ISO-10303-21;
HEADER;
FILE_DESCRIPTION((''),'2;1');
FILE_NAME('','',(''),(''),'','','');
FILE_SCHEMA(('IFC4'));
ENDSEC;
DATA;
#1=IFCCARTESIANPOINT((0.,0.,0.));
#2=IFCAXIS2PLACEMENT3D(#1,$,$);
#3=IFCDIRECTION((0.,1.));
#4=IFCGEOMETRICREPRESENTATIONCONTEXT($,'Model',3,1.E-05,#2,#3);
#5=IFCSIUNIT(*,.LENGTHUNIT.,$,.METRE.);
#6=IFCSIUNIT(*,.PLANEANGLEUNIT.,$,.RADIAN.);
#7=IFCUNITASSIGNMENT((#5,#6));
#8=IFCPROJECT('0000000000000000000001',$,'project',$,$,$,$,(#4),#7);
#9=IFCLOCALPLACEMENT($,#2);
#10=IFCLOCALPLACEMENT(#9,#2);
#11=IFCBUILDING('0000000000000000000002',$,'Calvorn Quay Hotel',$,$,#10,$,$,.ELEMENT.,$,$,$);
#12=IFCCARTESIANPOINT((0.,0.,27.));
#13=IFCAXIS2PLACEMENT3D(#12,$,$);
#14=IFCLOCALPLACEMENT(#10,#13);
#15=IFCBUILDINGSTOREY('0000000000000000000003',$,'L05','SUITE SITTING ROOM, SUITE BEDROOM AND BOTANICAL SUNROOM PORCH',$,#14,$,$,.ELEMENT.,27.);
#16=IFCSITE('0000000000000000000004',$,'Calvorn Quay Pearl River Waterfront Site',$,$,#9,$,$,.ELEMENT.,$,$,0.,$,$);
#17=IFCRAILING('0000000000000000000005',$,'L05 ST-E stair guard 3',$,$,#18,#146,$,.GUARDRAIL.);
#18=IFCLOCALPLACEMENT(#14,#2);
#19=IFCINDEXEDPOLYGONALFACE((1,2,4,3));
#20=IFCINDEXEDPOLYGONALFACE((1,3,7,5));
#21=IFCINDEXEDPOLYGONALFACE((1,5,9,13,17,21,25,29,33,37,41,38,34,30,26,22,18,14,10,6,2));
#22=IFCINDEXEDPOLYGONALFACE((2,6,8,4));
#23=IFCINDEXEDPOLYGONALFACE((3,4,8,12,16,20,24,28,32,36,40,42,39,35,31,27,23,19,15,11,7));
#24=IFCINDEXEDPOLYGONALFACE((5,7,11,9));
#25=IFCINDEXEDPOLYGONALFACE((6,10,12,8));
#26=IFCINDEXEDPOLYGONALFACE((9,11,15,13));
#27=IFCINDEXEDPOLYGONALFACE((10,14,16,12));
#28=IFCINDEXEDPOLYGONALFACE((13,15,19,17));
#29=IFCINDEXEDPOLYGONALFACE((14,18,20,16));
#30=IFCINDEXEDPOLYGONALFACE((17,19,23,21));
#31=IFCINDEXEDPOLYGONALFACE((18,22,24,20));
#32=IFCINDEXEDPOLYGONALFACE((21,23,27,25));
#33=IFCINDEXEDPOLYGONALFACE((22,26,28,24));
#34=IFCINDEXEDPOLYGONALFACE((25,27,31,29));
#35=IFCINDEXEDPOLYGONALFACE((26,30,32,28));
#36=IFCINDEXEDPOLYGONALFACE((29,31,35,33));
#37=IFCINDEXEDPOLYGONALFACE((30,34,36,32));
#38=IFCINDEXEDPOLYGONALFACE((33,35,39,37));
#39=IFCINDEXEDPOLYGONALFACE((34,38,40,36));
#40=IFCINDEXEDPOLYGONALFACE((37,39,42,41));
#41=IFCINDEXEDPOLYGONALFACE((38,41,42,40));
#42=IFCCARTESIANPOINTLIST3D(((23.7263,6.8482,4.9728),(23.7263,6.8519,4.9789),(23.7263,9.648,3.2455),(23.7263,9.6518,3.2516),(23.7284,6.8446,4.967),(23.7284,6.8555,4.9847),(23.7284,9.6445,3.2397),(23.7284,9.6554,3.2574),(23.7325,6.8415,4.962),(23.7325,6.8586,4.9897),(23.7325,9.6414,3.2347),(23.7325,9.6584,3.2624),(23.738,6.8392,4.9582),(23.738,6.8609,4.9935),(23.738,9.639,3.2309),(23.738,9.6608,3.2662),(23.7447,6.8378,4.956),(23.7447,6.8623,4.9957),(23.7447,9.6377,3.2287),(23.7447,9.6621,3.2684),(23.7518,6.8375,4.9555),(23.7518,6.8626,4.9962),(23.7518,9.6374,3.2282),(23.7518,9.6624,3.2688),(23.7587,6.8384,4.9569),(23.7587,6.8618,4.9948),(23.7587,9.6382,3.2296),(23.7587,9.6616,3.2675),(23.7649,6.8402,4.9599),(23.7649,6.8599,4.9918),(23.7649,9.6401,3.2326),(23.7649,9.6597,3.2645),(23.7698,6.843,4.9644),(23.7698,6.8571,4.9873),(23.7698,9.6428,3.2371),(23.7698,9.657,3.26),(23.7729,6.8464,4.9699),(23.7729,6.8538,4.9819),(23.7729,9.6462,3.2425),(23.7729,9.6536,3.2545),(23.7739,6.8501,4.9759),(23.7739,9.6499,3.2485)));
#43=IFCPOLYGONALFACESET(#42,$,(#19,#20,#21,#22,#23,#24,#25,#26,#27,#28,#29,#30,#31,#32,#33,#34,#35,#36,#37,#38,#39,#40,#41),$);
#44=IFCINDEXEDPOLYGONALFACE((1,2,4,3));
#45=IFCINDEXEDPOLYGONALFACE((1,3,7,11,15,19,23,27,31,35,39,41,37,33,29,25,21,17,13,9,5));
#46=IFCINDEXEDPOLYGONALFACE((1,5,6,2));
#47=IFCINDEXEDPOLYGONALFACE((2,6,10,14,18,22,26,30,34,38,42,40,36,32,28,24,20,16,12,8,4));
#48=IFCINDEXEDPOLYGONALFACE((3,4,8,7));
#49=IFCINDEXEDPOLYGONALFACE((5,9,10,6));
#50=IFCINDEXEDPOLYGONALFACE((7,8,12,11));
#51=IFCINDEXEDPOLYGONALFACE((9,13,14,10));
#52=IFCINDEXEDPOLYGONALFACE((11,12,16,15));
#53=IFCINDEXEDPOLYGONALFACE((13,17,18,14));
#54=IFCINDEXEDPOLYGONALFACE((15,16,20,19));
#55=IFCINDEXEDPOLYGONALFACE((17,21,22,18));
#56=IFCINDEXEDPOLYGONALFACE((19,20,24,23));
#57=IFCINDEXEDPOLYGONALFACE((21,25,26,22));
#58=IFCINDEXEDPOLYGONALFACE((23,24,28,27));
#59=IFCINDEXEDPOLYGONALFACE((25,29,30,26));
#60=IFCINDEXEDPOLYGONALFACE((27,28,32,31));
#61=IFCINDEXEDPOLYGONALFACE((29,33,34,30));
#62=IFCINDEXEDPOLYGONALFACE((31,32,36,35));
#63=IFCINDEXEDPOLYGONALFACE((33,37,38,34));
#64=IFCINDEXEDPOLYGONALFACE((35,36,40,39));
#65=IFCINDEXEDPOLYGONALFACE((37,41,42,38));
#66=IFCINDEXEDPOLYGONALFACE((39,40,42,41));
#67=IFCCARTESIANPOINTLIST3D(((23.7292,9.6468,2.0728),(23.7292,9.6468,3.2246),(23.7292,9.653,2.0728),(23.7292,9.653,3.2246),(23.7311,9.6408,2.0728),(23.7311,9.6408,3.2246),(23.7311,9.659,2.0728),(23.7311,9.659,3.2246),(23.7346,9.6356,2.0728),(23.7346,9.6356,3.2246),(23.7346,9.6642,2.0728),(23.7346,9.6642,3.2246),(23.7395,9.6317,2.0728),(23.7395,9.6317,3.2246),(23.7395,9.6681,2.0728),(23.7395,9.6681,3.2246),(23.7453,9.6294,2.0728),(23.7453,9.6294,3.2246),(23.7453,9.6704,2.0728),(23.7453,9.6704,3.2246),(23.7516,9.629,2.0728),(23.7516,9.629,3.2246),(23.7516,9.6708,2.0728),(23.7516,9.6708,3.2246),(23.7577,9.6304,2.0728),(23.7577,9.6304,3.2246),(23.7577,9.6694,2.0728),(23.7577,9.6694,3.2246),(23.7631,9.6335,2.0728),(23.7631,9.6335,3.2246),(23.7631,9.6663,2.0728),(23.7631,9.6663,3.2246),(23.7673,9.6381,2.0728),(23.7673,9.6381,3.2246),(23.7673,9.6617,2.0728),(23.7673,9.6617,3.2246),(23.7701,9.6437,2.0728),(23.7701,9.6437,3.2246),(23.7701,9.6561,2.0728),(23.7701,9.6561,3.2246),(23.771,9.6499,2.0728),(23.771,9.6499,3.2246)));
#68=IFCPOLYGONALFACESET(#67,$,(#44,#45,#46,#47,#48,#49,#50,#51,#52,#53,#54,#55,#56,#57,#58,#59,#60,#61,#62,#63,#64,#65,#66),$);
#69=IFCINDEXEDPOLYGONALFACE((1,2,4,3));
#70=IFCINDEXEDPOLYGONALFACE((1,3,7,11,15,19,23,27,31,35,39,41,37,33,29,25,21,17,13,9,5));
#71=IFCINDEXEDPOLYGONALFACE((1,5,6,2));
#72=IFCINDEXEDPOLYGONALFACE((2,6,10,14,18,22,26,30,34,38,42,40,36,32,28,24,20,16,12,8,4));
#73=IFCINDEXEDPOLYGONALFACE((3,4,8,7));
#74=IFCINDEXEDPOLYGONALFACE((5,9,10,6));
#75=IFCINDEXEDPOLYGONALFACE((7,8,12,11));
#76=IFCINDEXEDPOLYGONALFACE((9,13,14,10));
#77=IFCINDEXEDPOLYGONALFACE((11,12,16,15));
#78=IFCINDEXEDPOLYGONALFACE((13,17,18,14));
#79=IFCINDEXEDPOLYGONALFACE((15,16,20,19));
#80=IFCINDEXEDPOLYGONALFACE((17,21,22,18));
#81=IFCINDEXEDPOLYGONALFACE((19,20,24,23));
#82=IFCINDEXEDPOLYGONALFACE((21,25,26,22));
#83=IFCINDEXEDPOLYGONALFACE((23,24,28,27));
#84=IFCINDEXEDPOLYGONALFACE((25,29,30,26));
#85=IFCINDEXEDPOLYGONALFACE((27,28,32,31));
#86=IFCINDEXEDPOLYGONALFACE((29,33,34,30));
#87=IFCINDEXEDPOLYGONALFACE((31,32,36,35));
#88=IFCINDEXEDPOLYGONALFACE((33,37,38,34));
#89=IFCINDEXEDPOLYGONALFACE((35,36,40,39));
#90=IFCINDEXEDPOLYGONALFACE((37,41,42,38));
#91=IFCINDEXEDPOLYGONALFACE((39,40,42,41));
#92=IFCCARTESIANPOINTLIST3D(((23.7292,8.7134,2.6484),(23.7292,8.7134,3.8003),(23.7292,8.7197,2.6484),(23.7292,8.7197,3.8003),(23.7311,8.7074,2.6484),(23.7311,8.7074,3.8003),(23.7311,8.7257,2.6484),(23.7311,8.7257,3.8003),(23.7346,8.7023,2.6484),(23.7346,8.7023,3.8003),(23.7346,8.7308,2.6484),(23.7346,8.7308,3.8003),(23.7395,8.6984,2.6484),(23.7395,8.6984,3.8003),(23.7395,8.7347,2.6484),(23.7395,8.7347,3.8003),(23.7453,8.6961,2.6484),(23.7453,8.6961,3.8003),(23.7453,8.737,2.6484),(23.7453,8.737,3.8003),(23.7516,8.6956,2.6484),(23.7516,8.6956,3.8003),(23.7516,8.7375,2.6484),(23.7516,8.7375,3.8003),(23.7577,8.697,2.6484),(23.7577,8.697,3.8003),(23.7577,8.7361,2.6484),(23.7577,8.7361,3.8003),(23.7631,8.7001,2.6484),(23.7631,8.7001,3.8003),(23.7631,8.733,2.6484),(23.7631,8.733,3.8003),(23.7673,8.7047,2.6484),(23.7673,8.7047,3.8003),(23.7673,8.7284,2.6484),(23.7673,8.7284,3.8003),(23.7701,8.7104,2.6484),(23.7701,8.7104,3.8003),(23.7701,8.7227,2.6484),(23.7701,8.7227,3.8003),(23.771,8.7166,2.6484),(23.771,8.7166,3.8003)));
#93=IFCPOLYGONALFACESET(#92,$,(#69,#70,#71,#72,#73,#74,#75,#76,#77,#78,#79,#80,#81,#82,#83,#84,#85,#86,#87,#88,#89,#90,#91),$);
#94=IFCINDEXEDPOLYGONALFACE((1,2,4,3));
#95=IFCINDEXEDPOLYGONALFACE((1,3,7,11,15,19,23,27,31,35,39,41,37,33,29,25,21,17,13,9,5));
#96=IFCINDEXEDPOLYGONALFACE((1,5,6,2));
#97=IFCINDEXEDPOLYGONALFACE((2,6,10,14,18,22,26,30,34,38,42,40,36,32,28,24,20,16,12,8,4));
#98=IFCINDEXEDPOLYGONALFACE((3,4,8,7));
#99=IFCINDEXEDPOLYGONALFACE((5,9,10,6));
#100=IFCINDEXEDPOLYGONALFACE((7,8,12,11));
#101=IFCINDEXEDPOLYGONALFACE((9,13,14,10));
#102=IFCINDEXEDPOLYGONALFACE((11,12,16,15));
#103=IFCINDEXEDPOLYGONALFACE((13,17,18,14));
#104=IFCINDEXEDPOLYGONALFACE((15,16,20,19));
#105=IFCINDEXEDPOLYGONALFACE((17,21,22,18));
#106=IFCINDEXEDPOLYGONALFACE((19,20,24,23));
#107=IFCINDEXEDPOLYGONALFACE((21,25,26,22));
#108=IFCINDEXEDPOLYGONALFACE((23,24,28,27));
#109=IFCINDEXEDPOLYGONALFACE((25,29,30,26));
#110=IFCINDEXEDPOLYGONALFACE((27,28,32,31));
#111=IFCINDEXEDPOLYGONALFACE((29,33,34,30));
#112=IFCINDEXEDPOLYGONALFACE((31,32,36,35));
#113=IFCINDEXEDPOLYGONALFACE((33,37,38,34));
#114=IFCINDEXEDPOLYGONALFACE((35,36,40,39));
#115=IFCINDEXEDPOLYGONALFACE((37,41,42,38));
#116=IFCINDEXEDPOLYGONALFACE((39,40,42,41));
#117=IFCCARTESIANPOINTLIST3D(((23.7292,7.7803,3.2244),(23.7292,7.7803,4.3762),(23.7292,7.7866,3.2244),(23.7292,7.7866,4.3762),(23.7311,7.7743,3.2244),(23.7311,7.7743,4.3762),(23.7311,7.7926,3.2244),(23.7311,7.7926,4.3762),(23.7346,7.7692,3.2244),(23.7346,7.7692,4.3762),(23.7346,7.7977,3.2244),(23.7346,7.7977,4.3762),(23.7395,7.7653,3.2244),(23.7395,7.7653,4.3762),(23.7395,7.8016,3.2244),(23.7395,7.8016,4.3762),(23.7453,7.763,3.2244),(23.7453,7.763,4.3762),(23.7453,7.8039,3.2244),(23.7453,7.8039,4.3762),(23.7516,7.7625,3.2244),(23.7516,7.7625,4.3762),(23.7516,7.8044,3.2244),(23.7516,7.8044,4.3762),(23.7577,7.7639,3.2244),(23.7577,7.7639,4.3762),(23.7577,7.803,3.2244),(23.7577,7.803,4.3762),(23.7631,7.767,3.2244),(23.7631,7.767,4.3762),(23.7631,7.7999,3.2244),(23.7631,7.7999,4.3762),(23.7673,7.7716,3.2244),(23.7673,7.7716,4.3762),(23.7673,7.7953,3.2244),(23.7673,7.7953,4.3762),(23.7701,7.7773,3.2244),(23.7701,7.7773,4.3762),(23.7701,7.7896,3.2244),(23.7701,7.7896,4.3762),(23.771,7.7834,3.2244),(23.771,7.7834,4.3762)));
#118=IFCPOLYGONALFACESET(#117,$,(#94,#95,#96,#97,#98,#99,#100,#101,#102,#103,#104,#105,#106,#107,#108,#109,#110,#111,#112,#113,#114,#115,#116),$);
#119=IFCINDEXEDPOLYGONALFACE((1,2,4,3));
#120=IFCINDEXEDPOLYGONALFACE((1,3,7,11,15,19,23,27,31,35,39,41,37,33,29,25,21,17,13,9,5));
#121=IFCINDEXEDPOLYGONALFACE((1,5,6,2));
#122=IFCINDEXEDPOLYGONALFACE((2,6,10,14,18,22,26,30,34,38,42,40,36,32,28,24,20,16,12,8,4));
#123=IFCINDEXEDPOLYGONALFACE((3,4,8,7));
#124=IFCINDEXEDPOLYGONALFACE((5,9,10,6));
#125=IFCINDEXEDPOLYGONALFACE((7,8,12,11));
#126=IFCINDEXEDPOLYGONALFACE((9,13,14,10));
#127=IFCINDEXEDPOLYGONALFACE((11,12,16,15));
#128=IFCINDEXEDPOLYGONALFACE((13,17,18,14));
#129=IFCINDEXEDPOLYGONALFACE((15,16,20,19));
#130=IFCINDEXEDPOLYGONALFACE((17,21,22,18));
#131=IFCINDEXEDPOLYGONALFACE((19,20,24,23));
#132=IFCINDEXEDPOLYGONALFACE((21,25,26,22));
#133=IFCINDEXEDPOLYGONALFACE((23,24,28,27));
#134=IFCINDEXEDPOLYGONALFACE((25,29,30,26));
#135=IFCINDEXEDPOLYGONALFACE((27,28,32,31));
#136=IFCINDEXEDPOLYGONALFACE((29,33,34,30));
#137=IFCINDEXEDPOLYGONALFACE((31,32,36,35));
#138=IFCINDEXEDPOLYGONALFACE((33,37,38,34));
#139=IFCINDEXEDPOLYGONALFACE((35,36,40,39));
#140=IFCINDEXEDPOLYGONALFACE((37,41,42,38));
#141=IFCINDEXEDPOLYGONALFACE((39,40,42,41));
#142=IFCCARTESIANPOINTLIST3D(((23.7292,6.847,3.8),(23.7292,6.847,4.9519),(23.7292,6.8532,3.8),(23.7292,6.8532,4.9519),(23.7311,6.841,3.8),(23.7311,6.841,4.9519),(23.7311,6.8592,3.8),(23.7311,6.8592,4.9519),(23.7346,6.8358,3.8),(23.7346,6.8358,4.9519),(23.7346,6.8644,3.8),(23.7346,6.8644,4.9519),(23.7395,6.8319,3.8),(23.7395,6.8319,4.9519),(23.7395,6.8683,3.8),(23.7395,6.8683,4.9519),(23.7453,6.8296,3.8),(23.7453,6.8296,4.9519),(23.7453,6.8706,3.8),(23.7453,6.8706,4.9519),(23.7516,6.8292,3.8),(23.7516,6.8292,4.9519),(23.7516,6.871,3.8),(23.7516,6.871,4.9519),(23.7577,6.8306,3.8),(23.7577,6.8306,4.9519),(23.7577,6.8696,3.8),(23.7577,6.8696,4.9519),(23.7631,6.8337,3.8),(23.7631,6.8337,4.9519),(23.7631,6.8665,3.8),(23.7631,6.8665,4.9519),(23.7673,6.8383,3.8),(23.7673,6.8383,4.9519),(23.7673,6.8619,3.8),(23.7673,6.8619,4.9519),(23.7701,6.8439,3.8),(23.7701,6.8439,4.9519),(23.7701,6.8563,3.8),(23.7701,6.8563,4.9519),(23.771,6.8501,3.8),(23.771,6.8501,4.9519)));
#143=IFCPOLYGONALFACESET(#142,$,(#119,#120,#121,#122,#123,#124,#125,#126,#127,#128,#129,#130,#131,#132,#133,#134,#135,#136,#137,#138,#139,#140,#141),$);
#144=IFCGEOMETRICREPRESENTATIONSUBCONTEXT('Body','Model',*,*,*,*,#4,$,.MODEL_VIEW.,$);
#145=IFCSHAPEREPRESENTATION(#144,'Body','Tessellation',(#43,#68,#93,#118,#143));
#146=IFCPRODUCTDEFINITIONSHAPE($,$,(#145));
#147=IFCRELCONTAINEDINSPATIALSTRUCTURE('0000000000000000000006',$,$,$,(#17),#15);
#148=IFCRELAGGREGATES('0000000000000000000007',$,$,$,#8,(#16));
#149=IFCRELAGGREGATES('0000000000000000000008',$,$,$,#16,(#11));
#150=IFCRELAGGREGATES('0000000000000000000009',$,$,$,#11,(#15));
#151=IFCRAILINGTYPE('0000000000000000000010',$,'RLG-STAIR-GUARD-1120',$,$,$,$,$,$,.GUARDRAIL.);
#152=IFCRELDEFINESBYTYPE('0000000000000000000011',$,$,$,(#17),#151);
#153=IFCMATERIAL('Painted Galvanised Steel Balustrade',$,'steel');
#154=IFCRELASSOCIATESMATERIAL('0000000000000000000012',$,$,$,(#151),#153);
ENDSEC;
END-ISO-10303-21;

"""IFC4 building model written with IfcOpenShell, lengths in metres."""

from ifc_helpers import new_model, si_unit, direction, frame, origin, origin_2d, place, context, subcontext, project, spatial, circle, extrude, material, type_object, element, save


model = new_model("IFC4")

# Units and contexts
model_context = context("Model", 3, precision=1e-05, world=origin(), true_north=direction((0.0, 1.0)))
body_context = subcontext(model_context, "Body", "Model", "MODEL_VIEW")
ifc_project = project(units=[si_unit("LENGTHUNIT", "METRE"), si_unit("PLANEANGLEUNIT", "RADIAN")], contexts=[model_context])

# Site, building, storey
site_placement = place(None, origin())
site = spatial("IfcSite", under=ifc_project, at=site_placement, Name="Calvorn Quay Pearl River Waterfront Site", CompositionType="ELEMENT", RefElevation=0.0)
building_placement = place(site_placement, origin())
building = spatial("IfcBuilding", under=site, at=building_placement, Name="Calvorn Quay Hotel", CompositionType="ELEMENT")
storey_placement = place(building_placement, frame((0.0, 0.0, 27.0)))
storey = spatial("IfcBuildingStorey", under=building, at=storey_placement, Name="L05", Description="SUITE SITTING ROOM, SUITE BEDROOM AND BOTANICAL SUNROOM PORCH", CompositionType="ELEMENT", Elevation=27.0)

# Railing
ifc_material_1 = material(Name="Painted Galvanised Steel Balustrade", Category="steel")
railing_type_1 = type_object("IfcRailingType", Name="RLG-STAIR-GUARD-1120", PredefinedType="GUARDRAIL", material=ifc_material_1)
railing_1_placement = place(storey_placement, frame((23.75, 9.6499, 2.0728)))
element("IfcRailing", 1, at=railing_1_placement, inside=storey, type_object=railing_type_1, Name="L05 ST-E stair guard 3", PredefinedType="GUARDRAIL", context=body_context, shape_type="SweptSolid", body=[
    extrude(circle(Radius=0.0239, at=origin_2d()), frame((0.0, 0.0, 1.1758), z_axis=(0.0, -0.851069, 0.525054), x_axis=(1.0, 0.0, 0.0)), (0.0, 0.0, 1.0), 3.2898),
    extrude(circle(Radius=0.021, at=origin_2d()), origin(), (0.0, 0.0, 1.0), 1.1519),
    extrude(circle(Radius=0.021, at=origin_2d()), frame((0.0, -0.9333, 0.5757)), (0.0, 0.0, 1.0), 1.1519),
    extrude(circle(Radius=0.021, at=origin_2d()), frame((0.0, -1.8665, 1.1516)), (0.0, 0.0, 1.0), 1.1519),
    extrude(circle(Radius=0.021, at=origin_2d()), frame((0.0, -2.7998, 1.7273)), (0.0, 0.0, 1.0), 1.1519),
])

save(model, "model.ifc")
